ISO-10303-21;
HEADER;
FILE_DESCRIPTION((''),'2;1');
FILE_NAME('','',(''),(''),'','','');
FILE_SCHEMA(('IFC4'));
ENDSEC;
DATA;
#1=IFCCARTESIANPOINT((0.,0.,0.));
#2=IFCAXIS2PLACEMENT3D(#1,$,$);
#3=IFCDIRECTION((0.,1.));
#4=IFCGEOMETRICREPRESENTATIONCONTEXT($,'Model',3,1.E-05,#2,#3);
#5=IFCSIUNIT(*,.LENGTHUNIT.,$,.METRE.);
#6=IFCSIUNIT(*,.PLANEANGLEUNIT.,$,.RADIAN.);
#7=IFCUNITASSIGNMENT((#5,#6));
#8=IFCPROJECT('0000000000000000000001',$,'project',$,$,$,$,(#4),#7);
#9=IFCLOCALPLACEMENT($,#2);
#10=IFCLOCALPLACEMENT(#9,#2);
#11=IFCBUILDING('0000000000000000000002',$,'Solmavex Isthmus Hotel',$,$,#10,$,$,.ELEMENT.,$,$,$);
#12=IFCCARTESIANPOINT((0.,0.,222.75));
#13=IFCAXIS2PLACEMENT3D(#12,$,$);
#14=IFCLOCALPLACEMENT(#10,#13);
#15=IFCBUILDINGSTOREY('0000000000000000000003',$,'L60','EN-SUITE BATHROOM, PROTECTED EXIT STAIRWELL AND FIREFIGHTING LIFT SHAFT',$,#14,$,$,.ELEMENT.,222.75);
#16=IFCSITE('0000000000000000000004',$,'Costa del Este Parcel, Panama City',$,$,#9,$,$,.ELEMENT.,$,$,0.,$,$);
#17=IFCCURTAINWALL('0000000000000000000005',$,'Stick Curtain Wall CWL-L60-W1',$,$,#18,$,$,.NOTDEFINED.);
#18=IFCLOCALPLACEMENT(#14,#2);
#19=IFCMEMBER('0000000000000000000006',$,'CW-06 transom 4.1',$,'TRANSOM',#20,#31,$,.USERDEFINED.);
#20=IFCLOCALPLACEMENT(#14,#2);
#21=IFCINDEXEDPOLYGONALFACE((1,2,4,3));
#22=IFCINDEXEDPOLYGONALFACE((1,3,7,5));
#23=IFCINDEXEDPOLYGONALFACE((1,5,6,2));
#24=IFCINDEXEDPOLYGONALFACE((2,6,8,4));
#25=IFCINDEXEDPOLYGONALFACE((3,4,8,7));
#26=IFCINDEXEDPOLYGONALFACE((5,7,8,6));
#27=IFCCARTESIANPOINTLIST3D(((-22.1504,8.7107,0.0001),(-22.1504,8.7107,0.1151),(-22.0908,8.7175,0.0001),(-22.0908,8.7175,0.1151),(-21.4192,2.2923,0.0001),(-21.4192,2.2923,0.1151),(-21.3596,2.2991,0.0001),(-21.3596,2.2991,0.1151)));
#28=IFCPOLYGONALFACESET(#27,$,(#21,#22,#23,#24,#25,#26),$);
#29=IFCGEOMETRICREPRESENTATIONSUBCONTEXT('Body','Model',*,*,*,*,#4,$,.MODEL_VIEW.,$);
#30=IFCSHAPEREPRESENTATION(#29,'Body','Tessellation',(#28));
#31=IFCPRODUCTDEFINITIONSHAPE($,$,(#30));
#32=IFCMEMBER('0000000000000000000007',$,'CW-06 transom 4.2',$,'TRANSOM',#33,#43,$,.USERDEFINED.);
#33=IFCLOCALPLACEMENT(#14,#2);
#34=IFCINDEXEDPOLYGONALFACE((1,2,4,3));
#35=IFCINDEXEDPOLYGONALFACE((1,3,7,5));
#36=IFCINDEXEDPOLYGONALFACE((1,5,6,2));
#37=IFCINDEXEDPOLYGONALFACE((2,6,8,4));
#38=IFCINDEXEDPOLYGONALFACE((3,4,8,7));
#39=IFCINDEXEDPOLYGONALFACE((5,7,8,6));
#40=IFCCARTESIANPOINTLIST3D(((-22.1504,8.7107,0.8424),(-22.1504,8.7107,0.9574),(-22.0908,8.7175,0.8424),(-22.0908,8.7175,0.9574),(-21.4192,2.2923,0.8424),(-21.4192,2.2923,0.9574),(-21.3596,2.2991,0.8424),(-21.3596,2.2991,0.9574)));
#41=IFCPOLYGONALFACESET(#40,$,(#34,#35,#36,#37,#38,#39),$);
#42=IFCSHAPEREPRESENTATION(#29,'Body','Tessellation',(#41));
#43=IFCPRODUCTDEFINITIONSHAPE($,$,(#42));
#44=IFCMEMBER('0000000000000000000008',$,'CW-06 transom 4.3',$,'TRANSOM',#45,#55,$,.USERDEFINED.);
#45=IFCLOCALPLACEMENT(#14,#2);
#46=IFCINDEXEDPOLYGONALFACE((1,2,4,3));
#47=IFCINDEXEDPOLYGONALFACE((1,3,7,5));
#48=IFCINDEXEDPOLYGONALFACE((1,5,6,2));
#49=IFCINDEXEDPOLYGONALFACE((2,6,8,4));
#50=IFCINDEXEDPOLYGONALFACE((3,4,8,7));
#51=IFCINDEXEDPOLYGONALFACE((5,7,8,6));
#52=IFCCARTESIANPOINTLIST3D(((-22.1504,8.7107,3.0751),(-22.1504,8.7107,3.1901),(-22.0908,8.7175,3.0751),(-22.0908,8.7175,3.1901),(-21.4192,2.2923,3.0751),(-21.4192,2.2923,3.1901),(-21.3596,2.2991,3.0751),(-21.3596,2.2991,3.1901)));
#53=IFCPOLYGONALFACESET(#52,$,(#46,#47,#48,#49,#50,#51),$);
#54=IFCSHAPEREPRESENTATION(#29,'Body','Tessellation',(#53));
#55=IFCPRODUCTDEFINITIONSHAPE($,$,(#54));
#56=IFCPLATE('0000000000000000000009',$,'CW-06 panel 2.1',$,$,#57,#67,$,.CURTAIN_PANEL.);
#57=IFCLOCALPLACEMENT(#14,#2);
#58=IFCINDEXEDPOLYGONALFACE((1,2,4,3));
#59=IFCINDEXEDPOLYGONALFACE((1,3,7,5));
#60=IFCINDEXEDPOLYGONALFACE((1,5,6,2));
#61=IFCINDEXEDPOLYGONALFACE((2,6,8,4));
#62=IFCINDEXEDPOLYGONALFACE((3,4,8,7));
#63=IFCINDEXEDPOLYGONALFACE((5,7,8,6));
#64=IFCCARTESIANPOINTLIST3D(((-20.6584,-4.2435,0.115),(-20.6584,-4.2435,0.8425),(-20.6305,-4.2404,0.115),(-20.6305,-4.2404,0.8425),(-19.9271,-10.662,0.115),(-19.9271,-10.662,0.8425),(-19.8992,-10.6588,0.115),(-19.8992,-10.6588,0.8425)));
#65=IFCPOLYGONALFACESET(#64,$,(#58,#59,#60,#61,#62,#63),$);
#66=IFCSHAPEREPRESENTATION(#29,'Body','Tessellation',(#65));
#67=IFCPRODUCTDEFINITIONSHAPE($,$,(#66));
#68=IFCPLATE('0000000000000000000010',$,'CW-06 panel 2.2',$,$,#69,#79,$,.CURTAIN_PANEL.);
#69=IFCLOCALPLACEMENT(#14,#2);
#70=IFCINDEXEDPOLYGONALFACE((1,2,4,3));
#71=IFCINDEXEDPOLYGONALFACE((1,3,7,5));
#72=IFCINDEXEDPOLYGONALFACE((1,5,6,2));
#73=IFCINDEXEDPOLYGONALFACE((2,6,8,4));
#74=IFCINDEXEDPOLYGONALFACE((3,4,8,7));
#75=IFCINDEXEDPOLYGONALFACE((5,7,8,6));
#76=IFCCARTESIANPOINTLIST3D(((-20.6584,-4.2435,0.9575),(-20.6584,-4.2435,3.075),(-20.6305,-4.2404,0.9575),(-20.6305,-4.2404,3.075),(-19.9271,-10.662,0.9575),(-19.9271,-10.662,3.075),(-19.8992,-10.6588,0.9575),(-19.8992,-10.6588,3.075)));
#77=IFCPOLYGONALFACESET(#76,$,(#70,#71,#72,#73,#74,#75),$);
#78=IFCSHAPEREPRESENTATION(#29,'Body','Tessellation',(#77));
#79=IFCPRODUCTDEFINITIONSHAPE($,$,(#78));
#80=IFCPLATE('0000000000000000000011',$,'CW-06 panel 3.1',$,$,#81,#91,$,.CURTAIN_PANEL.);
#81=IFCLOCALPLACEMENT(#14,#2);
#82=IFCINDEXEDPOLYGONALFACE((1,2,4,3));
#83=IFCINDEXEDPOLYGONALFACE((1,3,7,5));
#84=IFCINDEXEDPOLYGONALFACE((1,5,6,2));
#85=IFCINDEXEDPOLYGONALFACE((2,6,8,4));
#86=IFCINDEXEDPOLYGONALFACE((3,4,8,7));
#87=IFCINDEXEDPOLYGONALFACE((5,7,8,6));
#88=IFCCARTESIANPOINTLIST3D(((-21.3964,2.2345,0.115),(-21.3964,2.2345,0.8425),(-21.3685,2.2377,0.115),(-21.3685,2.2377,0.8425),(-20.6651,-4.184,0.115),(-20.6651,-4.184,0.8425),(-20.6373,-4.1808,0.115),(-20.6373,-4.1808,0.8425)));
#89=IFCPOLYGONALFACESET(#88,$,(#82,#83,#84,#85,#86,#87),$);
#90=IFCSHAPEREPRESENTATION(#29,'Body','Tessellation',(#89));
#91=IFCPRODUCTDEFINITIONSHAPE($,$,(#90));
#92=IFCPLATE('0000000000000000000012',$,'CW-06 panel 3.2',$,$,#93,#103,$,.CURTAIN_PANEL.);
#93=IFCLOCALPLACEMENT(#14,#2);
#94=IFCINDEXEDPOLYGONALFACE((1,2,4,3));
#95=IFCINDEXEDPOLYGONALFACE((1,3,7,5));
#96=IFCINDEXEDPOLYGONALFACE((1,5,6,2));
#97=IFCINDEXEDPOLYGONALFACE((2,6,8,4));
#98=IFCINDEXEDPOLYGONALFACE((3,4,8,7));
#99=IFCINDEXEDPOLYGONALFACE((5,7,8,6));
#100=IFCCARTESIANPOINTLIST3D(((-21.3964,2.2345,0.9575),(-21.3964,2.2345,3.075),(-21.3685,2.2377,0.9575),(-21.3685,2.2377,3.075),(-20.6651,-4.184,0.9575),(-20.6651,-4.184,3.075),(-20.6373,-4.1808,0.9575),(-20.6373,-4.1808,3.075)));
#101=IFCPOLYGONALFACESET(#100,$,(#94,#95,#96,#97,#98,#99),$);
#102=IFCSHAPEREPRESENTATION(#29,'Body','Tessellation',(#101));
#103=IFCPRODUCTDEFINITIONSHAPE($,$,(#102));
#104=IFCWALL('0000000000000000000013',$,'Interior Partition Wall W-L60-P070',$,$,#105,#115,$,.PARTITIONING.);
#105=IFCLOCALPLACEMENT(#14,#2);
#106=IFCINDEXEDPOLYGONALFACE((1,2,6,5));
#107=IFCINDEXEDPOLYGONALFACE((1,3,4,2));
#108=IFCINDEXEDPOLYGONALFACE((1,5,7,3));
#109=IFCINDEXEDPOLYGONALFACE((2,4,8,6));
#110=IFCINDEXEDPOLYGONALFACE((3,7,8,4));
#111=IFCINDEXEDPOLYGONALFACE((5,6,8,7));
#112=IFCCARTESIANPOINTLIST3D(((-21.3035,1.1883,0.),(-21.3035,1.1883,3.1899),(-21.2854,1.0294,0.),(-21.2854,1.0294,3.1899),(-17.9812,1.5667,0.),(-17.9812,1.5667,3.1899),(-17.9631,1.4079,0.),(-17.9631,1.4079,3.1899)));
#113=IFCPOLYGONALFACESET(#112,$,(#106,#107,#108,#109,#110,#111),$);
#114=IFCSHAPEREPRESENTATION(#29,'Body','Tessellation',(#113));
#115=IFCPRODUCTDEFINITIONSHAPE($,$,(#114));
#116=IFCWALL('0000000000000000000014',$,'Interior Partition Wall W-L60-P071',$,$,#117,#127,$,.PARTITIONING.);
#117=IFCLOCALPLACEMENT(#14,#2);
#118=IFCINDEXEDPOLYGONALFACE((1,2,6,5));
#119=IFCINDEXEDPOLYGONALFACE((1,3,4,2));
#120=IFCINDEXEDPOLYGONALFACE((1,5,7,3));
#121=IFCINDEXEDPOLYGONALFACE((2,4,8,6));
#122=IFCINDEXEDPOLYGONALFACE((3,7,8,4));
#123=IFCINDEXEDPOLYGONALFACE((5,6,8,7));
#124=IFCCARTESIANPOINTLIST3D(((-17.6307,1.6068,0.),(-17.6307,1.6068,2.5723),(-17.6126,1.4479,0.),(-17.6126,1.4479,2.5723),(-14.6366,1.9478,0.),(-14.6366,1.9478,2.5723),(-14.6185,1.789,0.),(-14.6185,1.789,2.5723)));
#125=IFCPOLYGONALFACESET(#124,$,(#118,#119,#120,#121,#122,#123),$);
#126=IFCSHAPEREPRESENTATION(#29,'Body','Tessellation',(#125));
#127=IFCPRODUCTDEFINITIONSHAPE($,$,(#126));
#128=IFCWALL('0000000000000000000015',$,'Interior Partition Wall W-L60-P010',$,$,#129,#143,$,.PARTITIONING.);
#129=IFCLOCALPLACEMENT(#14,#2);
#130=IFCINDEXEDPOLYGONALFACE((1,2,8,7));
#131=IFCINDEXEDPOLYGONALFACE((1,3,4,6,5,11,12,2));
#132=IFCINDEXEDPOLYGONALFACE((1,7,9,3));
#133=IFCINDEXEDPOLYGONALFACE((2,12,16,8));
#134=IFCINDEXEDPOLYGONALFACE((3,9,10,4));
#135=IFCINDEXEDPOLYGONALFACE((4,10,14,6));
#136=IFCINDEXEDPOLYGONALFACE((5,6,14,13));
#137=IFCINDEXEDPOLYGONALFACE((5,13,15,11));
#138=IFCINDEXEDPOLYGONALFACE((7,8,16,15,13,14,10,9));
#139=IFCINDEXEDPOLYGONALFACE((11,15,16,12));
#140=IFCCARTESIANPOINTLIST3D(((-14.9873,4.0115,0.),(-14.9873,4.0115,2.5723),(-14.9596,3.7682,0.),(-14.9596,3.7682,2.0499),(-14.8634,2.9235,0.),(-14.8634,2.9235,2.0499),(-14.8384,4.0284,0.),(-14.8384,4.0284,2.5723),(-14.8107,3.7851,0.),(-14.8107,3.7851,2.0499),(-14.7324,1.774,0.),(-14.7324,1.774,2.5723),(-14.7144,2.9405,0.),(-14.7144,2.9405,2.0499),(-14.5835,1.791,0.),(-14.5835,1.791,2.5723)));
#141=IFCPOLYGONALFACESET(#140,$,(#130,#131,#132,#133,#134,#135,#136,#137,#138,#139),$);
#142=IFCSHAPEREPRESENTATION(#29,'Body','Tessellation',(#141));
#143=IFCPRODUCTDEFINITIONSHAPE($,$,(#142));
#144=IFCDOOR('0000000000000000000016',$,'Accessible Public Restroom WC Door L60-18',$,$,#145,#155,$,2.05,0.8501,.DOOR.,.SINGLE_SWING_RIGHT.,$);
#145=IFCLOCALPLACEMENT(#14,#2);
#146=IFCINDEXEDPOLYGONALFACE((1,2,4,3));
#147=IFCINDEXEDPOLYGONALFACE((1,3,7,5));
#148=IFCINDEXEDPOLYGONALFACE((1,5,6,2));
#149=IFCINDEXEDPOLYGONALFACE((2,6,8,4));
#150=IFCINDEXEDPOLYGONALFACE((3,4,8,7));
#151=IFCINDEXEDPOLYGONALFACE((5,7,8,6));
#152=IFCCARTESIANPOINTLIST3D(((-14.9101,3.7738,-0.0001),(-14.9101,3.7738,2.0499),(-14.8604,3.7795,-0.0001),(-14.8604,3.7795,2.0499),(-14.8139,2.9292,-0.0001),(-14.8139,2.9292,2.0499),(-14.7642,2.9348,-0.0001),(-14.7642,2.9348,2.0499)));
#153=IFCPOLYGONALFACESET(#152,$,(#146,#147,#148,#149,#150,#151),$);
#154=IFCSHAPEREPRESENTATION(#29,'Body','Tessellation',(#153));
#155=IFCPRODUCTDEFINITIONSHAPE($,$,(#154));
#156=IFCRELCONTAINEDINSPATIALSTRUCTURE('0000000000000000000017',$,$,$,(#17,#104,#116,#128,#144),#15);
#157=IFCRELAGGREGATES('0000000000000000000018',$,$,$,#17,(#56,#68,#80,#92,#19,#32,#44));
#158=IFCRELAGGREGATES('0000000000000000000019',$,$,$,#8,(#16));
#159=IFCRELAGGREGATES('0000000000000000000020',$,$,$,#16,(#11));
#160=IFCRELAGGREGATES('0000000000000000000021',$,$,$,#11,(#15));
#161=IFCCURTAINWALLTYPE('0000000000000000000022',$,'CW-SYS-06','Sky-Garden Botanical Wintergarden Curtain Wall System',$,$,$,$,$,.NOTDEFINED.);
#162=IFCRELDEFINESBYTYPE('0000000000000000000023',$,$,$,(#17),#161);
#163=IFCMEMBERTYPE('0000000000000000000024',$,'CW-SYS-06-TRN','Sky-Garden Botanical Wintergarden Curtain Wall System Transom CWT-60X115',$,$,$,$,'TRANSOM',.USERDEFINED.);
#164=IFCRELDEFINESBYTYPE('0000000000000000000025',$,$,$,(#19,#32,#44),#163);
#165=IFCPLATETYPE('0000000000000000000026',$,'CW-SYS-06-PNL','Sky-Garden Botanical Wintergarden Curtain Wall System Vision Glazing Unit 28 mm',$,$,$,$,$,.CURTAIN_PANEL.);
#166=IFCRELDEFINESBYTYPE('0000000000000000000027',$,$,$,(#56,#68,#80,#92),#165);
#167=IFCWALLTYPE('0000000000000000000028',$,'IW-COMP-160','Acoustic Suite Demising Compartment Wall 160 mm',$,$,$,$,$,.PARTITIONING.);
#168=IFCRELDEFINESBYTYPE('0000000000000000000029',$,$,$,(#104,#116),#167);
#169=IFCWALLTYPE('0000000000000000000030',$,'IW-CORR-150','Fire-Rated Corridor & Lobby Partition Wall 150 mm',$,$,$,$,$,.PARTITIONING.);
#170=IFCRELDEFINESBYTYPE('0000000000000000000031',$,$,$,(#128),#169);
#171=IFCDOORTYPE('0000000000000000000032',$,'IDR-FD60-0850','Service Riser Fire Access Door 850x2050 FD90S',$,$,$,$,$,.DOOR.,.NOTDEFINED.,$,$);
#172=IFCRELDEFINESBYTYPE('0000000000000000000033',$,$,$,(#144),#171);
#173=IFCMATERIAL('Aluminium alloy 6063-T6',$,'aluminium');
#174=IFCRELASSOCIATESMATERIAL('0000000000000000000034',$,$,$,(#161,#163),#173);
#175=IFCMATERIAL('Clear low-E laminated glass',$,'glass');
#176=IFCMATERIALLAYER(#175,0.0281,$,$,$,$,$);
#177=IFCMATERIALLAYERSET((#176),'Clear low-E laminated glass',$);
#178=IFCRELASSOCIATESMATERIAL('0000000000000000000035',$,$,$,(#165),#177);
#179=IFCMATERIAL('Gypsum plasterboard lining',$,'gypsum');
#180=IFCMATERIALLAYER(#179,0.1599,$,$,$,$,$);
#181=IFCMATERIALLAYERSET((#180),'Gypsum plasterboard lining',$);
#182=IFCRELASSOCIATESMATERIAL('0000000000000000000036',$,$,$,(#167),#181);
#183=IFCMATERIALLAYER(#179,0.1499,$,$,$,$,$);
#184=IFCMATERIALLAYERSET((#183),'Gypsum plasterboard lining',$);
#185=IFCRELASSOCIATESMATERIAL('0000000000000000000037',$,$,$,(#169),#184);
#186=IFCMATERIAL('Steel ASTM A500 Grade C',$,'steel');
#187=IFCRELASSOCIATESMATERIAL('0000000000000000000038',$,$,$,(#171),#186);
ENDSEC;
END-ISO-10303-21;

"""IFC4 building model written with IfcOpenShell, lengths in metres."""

from ifc_helpers import new_model, si_unit, direction, frame, frame_2d, origin, origin_2d, place, context, subcontext, project, spatial, rectangle, extrude, material, layer, layer_set, material_profile, profile_set, type_object, element, fill, aggregate, save


model = new_model("IFC4")

# Units and contexts
model_context = context("Model", 3, precision=1e-05, world=origin(), true_north=direction((0.0, 1.0)))
body_context = subcontext(model_context, "Body", "Model", "MODEL_VIEW")
ifc_project = project(units=[si_unit("LENGTHUNIT", "METRE"), si_unit("PLANEANGLEUNIT", "RADIAN")], contexts=[model_context])

# Site, building, storey
site_placement = place(None, origin())
site = spatial("IfcSite", under=ifc_project, at=site_placement, Name="Costa del Este Parcel, Panama City", CompositionType="ELEMENT", RefElevation=0.0)
building_placement = place(site_placement, origin())
building = spatial("IfcBuilding", under=site, at=building_placement, Name="Solmavex Isthmus Hotel", CompositionType="ELEMENT")
storey_placement = place(building_placement, frame((0.0, 0.0, 222.75)))
storey = spatial("IfcBuildingStorey", under=building, at=storey_placement, Name="L60", Description="EN-SUITE BATHROOM, PROTECTED EXIT STAIRWELL AND FIREFIGHTING LIFT SHAFT", CompositionType="ELEMENT", Elevation=222.75)

# Curtain wall, members, plates
ifc_material_1 = material(Name="Aluminium alloy 6063-T6", Category="aluminium")
curtain_wall_type = type_object("IfcCurtainWallType", Name="CW-SYS-06", Description="Sky-Garden Botanical Wintergarden Curtain Wall System", PredefinedType="NOTDEFINED", material=ifc_material_1)
curtain_wall_placement = place(storey_placement, origin())
curtain_wall = element("IfcCurtainWall", 1, at=curtain_wall_placement, inside=storey, type_object=curtain_wall_type, Name="Stick Curtain Wall CWL-L60-W1", PredefinedType="NOTDEFINED")
ifc_material_profile_1 = material_profile(ifc_material_1, rectangle(XDim=0.0601, YDim=0.115, at=origin_2d()), Name="CWT-60X115")
ifc_profile_set_1 = profile_set([ifc_material_profile_1], Name="Aluminium alloy 6063-T6")
member_type_1 = type_object("IfcMemberType", Name="CW-SYS-06-TRN", Description="Sky-Garden Botanical Wintergarden Curtain Wall System Transom CWT-60X115", ElementType="TRANSOM", PredefinedType="USERDEFINED", material=ifc_profile_set_1)
member_1_placement = place(storey_placement, frame((-21.3894, 2.2957, 0.0576), z_axis=(-0.11319, 0.993573, 0.0), x_axis=(-0.993573, -0.11319, 0.0)))
member_1 = element("IfcMember", 2, at=member_1_placement, type_object=member_type_1, Name="CW-06 transom 4.1", ObjectType="TRANSOM", PredefinedType="USERDEFINED", context=body_context, shape_type="SweptSolid", body=[
    extrude(rectangle(XDim=0.0601, YDim=0.115, at=origin_2d()), origin(), (0.0, 0.0, 1.0), 6.46),
])
member_2_placement = place(storey_placement, frame((-21.3894, 2.2957, 0.8999), z_axis=(-0.11319, 0.993573, 0.0), x_axis=(-0.993573, -0.11319, 0.0)))
member_2 = element("IfcMember", 3, at=member_2_placement, type_object=member_type_1, Name="CW-06 transom 4.2", ObjectType="TRANSOM", PredefinedType="USERDEFINED", context=body_context, shape_type="SweptSolid", body=[
    extrude(rectangle(XDim=0.0601, YDim=0.115, at=origin_2d()), origin(), (0.0, 0.0, 1.0), 6.46),
])
member_3_placement = place(storey_placement, frame((-21.3894, 2.2957, 3.1326), z_axis=(-0.11319, 0.993573, 0.0), x_axis=(-0.993573, -0.11319, 0.0)))
member_3 = element("IfcMember", 4, at=member_3_placement, type_object=member_type_1, Name="CW-06 transom 4.3", ObjectType="TRANSOM", PredefinedType="USERDEFINED", context=body_context, shape_type="SweptSolid", body=[
    extrude(rectangle(XDim=0.0601, YDim=0.115, at=origin_2d()), origin(), (0.0, 0.0, 1.0), 6.46),
])
ifc_material_2 = material(Name="Clear low-E laminated glass", Category="glass")
ifc_layer_1 = layer(ifc_material_2, 0.0281)
ifc_layer_set_1 = layer_set([ifc_layer_1], Name="Clear low-E laminated glass")
plate_type = type_object("IfcPlateType", Name="CW-SYS-06-PNL", Description="Sky-Garden Botanical Wintergarden Curtain Wall System Vision Glazing Unit 28 mm", PredefinedType="CURTAIN_PANEL", material=ifc_layer_set_1)
plate_1_placement = place(storey_placement, frame((-20.2788, -7.4512, 0.115), z_axis=(0.0, 0.0, 1.0), x_axis=(-0.113203, 0.993572, 0.0)))
plate_1 = element("IfcPlate", 5, at=plate_1_placement, type_object=plate_type, Name="CW-06 panel 2.1", PredefinedType="CURTAIN_PANEL", context=body_context, shape_type="SweptSolid", body=[
    extrude(rectangle(XDim=6.46, YDim=0.0281, at=origin_2d()), origin(), (0.0, 0.0, 1.0), 0.7275),
])
plate_2_placement = place(storey_placement, frame((-20.2788, -7.4512, 0.9575), z_axis=(0.0, 0.0, 1.0), x_axis=(-0.113203, 0.993572, 0.0)))
plate_2 = element("IfcPlate", 6, at=plate_2_placement, type_object=plate_type, Name="CW-06 panel 2.2", PredefinedType="CURTAIN_PANEL", context=body_context, shape_type="SweptSolid", body=[
    extrude(rectangle(XDim=6.46, YDim=0.0281, at=origin_2d()), origin(), (0.0, 0.0, 1.0), 2.1174),
])
plate_3_placement = place(storey_placement, frame((-21.0168, -0.9731, 0.115), z_axis=(0.0, 0.0, 1.0), x_axis=(-0.113203, 0.993572, 0.0)))
plate_3 = element("IfcPlate", 7, at=plate_3_placement, type_object=plate_type, Name="CW-06 panel 3.1", PredefinedType="CURTAIN_PANEL", context=body_context, shape_type="SweptSolid", body=[
    extrude(rectangle(XDim=6.46, YDim=0.0281, at=origin_2d()), origin(), (0.0, 0.0, 1.0), 0.7275),
])
plate_4_placement = place(storey_placement, frame((-21.0168, -0.9731, 0.9575), z_axis=(0.0, 0.0, 1.0), x_axis=(-0.113203, 0.993572, 0.0)))
plate_4 = element("IfcPlate", 8, at=plate_4_placement, type_object=plate_type, Name="CW-06 panel 3.2", PredefinedType="CURTAIN_PANEL", context=body_context, shape_type="SweptSolid", body=[
    extrude(rectangle(XDim=6.46, YDim=0.0281, at=origin_2d()), origin(), (0.0, 0.0, 1.0), 2.1174),
])
aggregate(curtain_wall, [plate_1, plate_2, plate_3, plate_4, member_1, member_2, member_3])

# Walls
ifc_material_3 = material(Name="Gypsum plasterboard lining", Category="gypsum")
ifc_layer_2 = layer(ifc_material_3, 0.1599)
ifc_layer_set_2 = layer_set([ifc_layer_2], Name="Gypsum plasterboard lining")
wall_type_1 = type_object("IfcWallType", Name="IW-COMP-160", Description="Acoustic Suite Demising Compartment Wall 160 mm", PredefinedType="PARTITIONING", material=ifc_layer_set_2)
wall_1_placement = place(storey_placement, frame((-17.9722, 1.4873, 0.0), z_axis=(0.0, 0.0, 1.0), x_axis=(-0.993575, -0.113172, 0.0)))
element("IfcWall", 9, at=wall_1_placement, inside=storey, type_object=wall_type_1, Name="Interior Partition Wall W-L60-P070", PredefinedType="PARTITIONING", context=body_context, shape_type="SweptSolid", body=[
    extrude(rectangle(XDim=3.3438, YDim=0.1599, at=frame_2d((1.6719, 0.0))), origin(), (0.0, 0.0, 1.0), 3.1899),
])
wall_2_placement = place(storey_placement, frame((-14.6274, 1.8684, 0.0), z_axis=(0.0, 0.0, 1.0), x_axis=(-0.993575, -0.113179, 0.0)))
element("IfcWall", 10, at=wall_2_placement, inside=storey, type_object=wall_type_1, Name="Interior Partition Wall W-L60-P071", PredefinedType="PARTITIONING", context=body_context, shape_type="SweptSolid", body=[
    extrude(rectangle(XDim=3.0134, YDim=0.1599, at=frame_2d((1.5068, 0.0))), origin(), (0.0, 0.0, 1.0), 2.5723),
])

# Wall, opening, door
ifc_layer_3 = layer(ifc_material_3, 0.1499)
ifc_layer_set_3 = layer_set([ifc_layer_3], Name="Gypsum plasterboard lining")
wall_type_2 = type_object("IfcWallType", Name="IW-CORR-150", Description="Fire-Rated Corridor & Lobby Partition Wall 150 mm", PredefinedType="PARTITIONING", material=ifc_layer_set_3)
wall_3_placement = place(storey_placement, frame((-14.658, 1.7825, 0.0), z_axis=(0.0, 0.0, 1.0), x_axis=(-0.11318, 0.993575, 0.0)))
wall_3 = element("IfcWall", 11, at=wall_3_placement, inside=storey, type_object=wall_type_2, Name="Interior Partition Wall W-L60-P010", PredefinedType="PARTITIONING", context=body_context, shape_type="SweptSolid", body=[
    extrude(rectangle(XDim=2.252, YDim=0.1499, at=frame_2d((1.126, 0.0))), origin(), (0.0, 0.0, 1.0), 2.5723),
])
opening_1_placement = place(wall_3_placement, frame((1.157, 0.0, 0.0)))
opening_1 = element("IfcOpeningElement", 12, at=opening_1_placement, cuts=wall_3, PredefinedType="OPENING", context=body_context, shape_type="SweptSolid", body=[
    extrude(rectangle(XDim=0.8501, YDim=2.05, at=frame_2d((0.425, 1.0249))), frame((0.0, 0.085, 0.0), z_axis=(0.0, -1.0, 0.0), x_axis=(1.0, 0.0, 0.0)), (0.0, 0.0, 1.0), 0.1699),
])
ifc_material_4 = material(Name="Steel ASTM A500 Grade C", Category="steel")
door_type_1 = type_object("IfcDoorType", Name="IDR-FD60-0850", Description="Service Riser Fire Access Door 850x2050 FD90S", OperationType="NOTDEFINED", PredefinedType="DOOR", material=ifc_material_4)
door_1_placement = place(opening_1_placement, frame((0.8501, 0.0, 0.0), z_axis=(0.0, 0.0, 1.0), x_axis=(-1.0, 0.0, 0.0)))
door_1 = element("IfcDoor", 13, at=door_1_placement, inside=storey, type_object=door_type_1, Name="Accessible Public Restroom WC Door L60-18", OperationType="SINGLE_SWING_RIGHT", OverallHeight=2.05, OverallWidth=0.8501, PredefinedType="DOOR", context=body_context, shape_type="SweptSolid", body=[
    extrude(rectangle(XDim=0.8501, YDim=2.05, at=frame_2d((0.425, 1.0249))), frame((0.0, 0.0249, 0.0), z_axis=(0.0, -1.0, 0.0), x_axis=(1.0, 0.0, 0.0)), (0.0, 0.0, 1.0), 0.05),
])
fill(opening_1, door_1)

save(model, "model.ifc")
